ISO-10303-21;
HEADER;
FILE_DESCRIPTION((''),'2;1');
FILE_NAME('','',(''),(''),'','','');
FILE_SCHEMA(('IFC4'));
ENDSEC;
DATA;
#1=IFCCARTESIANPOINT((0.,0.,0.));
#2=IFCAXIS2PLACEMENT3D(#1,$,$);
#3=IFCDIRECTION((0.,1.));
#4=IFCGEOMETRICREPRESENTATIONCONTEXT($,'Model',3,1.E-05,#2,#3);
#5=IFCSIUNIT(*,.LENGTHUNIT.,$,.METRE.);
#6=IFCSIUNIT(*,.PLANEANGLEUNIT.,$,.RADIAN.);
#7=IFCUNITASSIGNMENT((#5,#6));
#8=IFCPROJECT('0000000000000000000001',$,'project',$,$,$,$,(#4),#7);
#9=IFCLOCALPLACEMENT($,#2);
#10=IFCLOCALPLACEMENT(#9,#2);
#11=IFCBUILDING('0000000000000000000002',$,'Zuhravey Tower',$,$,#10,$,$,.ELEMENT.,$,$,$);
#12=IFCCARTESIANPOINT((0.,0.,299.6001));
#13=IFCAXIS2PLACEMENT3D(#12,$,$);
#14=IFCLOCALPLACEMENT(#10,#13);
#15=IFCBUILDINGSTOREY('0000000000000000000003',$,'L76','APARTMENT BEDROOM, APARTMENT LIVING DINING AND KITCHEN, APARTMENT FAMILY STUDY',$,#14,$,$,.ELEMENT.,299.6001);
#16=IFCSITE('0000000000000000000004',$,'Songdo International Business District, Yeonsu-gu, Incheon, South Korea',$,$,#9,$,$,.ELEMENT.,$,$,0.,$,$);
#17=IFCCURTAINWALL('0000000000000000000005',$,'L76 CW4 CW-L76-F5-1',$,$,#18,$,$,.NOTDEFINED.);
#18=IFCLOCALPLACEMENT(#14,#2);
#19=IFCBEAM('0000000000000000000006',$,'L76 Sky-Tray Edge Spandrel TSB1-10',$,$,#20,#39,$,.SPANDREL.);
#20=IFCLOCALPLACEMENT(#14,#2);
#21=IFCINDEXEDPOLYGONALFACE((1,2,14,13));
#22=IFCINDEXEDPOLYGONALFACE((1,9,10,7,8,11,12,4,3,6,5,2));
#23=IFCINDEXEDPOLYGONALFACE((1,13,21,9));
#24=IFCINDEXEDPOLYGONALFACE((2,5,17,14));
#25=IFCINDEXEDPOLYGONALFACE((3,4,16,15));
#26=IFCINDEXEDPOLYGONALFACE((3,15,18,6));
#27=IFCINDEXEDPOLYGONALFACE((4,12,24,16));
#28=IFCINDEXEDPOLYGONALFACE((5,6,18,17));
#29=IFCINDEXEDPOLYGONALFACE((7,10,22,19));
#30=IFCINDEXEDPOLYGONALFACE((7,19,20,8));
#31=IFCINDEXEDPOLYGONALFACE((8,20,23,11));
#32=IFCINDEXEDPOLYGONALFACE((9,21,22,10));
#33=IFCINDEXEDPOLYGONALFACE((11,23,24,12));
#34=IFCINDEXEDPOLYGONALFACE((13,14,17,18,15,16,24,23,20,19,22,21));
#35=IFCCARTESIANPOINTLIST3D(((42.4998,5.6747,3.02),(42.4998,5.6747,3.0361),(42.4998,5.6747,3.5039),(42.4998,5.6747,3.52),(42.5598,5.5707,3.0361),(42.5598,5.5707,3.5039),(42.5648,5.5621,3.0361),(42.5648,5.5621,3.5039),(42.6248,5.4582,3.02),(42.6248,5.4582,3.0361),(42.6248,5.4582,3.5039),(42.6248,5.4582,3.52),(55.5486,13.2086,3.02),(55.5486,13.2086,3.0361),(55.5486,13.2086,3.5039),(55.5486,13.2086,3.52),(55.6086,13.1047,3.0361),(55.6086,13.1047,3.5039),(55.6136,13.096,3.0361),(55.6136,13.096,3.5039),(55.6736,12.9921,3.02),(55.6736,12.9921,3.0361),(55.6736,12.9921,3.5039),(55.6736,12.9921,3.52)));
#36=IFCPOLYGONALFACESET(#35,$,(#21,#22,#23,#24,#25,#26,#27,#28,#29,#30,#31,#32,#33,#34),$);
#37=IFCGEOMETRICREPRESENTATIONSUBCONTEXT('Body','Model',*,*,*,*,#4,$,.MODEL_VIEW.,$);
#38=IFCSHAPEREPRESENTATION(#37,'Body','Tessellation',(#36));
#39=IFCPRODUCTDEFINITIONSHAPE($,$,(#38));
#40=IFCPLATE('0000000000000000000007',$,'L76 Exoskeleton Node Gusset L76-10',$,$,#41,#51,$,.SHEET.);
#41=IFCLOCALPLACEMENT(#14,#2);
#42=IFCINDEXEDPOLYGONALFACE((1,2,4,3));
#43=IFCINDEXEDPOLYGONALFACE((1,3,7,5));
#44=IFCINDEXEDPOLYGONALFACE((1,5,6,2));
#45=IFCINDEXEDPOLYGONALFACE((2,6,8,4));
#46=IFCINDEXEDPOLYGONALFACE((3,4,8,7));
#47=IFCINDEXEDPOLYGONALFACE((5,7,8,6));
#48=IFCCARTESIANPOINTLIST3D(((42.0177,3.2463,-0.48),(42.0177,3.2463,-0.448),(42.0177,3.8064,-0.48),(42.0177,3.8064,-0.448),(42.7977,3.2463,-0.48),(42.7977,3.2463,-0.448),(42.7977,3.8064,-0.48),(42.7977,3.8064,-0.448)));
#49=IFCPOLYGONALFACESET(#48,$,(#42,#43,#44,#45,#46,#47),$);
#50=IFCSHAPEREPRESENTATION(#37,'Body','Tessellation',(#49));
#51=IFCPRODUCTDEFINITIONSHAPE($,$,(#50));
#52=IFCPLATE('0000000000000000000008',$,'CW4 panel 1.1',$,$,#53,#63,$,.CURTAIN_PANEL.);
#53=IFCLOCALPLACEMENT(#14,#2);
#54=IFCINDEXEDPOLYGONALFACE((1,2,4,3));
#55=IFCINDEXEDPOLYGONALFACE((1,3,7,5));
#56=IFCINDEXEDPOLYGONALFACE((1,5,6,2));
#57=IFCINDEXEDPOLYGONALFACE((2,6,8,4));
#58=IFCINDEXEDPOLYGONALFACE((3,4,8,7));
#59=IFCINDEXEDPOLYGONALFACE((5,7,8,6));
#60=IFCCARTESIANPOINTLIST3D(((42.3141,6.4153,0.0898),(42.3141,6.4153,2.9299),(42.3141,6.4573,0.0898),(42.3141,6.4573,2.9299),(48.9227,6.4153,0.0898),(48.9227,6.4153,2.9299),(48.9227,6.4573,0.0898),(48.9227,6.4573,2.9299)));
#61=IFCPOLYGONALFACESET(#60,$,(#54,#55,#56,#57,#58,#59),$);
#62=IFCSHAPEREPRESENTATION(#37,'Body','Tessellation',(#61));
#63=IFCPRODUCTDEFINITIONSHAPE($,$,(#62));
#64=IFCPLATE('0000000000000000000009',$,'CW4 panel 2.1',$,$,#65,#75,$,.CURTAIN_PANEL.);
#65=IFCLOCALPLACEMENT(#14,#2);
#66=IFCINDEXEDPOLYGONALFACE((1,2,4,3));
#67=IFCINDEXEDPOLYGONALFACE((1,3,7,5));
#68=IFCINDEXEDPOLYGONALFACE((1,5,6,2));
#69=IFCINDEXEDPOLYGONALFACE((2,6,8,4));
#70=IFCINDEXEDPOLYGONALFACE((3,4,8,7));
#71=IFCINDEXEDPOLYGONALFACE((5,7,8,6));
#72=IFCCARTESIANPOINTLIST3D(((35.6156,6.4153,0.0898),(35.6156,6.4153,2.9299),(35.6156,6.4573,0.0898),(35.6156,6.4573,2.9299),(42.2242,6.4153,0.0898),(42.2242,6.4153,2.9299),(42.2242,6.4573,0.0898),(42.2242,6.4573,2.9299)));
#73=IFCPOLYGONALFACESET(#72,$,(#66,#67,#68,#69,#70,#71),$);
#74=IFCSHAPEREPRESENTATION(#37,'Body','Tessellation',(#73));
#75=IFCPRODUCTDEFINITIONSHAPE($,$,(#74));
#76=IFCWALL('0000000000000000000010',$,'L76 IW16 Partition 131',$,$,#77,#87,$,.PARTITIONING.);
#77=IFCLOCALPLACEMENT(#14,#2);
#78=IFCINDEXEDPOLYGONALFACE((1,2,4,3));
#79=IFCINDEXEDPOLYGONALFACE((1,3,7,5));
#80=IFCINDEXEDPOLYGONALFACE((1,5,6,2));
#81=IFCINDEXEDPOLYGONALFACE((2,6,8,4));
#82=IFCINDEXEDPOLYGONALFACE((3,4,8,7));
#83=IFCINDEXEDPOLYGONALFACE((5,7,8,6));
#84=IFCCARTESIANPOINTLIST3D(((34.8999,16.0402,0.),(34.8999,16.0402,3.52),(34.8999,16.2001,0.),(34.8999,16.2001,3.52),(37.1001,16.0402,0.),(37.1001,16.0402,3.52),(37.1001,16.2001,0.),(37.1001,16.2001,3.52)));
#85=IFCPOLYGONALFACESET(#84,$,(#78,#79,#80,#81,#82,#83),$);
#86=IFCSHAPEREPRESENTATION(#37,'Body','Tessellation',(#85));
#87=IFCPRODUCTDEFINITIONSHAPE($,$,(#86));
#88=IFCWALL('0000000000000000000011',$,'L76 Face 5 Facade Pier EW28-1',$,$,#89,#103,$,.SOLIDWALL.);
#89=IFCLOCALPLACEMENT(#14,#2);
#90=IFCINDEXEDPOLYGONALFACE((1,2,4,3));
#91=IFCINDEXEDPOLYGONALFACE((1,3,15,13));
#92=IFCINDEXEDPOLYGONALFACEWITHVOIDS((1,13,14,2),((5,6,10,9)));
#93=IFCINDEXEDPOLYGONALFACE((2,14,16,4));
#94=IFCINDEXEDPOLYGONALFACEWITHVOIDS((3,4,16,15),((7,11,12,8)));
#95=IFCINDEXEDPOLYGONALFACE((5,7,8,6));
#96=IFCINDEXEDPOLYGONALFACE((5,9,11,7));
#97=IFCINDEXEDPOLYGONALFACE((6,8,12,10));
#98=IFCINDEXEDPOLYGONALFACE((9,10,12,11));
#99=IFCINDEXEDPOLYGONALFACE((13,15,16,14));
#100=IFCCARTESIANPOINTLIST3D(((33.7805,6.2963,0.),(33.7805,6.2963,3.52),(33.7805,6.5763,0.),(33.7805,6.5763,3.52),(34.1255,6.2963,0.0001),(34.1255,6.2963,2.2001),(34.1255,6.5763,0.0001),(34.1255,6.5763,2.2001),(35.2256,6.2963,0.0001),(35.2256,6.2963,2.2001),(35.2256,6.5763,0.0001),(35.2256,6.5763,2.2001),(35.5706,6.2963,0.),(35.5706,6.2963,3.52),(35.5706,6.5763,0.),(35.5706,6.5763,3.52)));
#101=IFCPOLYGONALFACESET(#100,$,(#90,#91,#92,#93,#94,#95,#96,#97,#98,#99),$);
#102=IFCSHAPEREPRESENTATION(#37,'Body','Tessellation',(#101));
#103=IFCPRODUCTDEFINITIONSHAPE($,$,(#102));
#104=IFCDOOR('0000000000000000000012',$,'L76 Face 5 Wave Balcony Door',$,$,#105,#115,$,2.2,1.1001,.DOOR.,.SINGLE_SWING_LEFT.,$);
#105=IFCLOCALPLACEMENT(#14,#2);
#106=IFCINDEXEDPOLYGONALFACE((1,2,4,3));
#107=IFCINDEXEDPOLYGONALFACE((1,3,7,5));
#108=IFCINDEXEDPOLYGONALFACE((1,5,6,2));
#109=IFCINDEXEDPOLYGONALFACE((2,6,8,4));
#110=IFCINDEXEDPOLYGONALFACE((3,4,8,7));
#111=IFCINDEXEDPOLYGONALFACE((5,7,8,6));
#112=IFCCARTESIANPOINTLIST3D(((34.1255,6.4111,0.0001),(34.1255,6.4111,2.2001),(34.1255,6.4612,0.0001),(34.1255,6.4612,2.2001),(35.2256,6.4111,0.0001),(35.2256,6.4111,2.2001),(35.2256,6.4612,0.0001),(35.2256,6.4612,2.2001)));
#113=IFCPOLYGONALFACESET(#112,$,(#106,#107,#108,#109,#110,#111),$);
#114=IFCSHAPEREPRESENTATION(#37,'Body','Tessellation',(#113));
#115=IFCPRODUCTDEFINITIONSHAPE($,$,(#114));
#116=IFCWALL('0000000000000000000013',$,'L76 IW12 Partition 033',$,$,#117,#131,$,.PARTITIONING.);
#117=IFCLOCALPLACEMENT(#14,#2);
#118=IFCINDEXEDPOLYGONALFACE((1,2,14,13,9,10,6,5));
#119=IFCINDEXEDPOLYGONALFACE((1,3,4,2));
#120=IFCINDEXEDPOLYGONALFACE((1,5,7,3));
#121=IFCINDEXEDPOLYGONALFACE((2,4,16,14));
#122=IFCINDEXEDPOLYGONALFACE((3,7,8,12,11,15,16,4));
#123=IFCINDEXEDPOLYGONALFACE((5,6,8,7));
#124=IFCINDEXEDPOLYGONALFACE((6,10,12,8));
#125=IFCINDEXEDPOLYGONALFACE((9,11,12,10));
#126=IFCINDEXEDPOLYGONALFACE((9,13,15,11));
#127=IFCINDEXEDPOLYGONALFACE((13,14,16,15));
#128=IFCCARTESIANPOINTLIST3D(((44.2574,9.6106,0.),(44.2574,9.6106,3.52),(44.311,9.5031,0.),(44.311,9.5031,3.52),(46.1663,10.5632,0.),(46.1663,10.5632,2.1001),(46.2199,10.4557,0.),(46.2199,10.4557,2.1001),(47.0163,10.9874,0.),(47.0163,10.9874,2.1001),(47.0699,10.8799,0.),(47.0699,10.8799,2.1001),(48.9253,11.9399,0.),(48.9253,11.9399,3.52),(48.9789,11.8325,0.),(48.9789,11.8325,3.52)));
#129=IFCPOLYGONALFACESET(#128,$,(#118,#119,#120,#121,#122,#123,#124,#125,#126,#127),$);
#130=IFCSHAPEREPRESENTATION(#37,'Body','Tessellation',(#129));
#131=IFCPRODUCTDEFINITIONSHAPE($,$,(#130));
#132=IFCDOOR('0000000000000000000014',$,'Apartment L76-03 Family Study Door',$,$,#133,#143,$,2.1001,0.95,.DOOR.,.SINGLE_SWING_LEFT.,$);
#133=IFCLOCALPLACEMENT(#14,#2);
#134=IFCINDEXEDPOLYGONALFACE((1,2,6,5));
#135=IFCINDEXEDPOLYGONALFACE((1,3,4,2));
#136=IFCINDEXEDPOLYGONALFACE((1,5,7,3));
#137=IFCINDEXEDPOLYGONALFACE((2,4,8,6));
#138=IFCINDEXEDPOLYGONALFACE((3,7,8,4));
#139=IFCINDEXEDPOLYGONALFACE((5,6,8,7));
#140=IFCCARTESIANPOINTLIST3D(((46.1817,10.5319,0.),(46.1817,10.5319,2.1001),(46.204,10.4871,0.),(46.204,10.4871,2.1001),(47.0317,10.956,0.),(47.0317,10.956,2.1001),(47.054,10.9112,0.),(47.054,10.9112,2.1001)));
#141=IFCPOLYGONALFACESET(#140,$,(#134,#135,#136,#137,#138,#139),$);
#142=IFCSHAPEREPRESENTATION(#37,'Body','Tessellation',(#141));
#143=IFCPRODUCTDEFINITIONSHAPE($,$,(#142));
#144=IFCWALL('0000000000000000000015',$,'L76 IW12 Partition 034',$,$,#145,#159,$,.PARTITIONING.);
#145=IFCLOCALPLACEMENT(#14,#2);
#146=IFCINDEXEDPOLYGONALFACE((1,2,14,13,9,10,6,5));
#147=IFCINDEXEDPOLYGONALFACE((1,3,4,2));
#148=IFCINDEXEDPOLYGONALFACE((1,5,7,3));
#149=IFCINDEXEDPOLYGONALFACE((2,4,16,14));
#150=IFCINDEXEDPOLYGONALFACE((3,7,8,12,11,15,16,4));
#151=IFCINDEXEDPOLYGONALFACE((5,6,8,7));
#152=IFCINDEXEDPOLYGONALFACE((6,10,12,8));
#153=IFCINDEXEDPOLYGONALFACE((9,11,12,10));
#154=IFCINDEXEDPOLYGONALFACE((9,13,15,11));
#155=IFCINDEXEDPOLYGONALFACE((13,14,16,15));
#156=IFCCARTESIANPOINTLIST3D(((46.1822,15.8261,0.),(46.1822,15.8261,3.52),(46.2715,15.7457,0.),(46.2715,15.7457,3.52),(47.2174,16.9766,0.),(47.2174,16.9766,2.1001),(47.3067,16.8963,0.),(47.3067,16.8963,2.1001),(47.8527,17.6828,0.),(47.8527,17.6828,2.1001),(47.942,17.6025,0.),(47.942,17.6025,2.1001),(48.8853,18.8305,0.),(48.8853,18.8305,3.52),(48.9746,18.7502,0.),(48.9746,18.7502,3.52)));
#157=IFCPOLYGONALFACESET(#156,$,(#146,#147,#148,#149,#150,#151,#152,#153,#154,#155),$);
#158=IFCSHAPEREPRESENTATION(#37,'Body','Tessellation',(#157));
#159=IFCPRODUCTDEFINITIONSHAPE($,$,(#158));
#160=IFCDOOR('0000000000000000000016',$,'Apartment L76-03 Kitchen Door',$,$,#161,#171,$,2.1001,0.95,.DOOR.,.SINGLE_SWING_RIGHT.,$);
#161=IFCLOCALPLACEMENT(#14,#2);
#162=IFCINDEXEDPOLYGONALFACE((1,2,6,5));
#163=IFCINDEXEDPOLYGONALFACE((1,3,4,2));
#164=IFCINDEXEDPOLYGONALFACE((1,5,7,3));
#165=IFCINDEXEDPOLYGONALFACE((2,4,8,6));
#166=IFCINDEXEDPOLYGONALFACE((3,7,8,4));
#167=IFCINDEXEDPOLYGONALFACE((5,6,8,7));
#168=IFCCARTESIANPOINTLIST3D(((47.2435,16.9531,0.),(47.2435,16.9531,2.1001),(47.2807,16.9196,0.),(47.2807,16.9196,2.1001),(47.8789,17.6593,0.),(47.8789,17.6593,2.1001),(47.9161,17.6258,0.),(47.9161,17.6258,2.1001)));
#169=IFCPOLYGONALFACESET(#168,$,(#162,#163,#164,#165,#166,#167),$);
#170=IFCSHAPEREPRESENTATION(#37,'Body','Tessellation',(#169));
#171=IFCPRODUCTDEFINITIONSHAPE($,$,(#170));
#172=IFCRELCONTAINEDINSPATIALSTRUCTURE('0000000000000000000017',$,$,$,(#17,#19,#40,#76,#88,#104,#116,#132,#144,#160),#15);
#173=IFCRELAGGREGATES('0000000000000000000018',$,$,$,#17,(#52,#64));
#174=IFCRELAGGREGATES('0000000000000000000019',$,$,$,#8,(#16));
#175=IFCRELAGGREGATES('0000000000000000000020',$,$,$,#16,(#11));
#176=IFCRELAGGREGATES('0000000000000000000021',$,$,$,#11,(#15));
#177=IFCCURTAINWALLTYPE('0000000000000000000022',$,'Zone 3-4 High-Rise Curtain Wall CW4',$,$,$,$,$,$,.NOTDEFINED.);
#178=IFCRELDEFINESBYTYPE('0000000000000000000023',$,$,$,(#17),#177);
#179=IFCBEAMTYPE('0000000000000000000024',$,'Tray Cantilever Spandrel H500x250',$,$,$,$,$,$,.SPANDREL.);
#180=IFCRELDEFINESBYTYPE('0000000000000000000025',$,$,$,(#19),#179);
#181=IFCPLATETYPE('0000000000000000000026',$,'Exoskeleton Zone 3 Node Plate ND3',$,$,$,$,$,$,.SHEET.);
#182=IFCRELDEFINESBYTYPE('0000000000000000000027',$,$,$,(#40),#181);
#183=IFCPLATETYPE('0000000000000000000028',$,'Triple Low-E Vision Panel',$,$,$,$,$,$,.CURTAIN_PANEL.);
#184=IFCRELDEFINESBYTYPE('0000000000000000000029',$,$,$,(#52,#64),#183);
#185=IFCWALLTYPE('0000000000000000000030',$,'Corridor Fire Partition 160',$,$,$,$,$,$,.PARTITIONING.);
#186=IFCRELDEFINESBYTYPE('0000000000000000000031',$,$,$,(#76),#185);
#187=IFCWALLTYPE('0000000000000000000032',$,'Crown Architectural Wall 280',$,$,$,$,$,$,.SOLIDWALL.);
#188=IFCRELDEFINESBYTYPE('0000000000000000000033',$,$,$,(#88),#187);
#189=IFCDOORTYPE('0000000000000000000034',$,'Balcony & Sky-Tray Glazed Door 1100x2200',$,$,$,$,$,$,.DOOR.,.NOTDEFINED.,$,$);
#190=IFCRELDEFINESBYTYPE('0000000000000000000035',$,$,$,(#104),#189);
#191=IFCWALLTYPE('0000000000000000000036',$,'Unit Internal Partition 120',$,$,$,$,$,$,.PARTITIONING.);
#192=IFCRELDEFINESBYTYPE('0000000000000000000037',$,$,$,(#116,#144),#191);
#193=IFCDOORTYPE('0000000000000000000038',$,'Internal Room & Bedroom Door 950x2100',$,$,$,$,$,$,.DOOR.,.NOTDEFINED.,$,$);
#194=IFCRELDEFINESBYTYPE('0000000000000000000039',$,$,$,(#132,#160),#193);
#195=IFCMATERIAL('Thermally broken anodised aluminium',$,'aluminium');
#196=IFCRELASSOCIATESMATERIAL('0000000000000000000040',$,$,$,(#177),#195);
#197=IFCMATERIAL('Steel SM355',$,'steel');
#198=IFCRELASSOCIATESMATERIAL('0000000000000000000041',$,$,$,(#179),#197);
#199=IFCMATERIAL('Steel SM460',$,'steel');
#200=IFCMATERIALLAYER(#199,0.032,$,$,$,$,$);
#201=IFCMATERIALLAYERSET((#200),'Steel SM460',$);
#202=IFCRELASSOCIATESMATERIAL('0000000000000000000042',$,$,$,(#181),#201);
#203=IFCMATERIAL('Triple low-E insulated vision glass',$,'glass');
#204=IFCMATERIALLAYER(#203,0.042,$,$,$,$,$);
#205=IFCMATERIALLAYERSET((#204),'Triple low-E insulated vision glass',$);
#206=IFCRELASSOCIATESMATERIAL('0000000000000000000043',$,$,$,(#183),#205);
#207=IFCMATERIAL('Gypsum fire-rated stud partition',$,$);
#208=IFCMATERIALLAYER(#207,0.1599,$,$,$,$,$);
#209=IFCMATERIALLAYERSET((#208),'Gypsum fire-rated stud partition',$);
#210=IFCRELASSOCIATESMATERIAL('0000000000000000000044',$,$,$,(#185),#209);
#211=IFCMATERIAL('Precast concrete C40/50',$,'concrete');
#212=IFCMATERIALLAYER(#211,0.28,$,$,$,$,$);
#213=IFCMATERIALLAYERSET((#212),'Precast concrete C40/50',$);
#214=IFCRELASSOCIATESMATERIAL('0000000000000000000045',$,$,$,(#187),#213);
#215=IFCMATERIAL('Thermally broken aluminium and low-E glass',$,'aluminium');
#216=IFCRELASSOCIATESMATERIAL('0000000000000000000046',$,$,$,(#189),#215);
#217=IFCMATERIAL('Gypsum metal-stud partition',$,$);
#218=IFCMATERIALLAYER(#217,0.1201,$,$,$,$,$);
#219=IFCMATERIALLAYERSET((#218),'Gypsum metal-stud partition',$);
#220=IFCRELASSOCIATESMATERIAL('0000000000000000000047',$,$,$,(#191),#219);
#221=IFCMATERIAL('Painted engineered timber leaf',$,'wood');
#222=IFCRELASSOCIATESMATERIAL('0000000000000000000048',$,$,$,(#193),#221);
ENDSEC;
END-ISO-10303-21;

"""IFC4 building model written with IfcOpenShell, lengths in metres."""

from ifc_helpers import new_model, si_unit, direction, frame, frame_2d, origin, origin_2d, place, context, subcontext, project, spatial, rectangle, i_section, extrude, material, layer, layer_set, material_profile, profile_set, type_object, element, fill, aggregate, save


model = new_model("IFC4")

# Units and contexts
model_context = context("Model", 3, precision=1e-05, world=origin(), true_north=direction((0.0, 1.0)))
body_context = subcontext(model_context, "Body", "Model", "MODEL_VIEW")
ifc_project = project(units=[si_unit("LENGTHUNIT", "METRE"), si_unit("PLANEANGLEUNIT", "RADIAN")], contexts=[model_context])

# Site, building, storey
site_placement = place(None, origin())
site = spatial("IfcSite", under=ifc_project, at=site_placement, Name="Songdo International Business District, Yeonsu-gu, Incheon, South Korea", CompositionType="ELEMENT", RefElevation=0.0)
building_placement = place(site_placement, origin())
building = spatial("IfcBuilding", under=site, at=building_placement, Name="Zuhravey Tower", CompositionType="ELEMENT")
storey_placement = place(building_placement, frame((0.0, 0.0, 299.6001)))
storey = spatial("IfcBuildingStorey", under=building, at=storey_placement, Name="L76", Description="APARTMENT BEDROOM, APARTMENT LIVING DINING AND KITCHEN, APARTMENT FAMILY STUDY", CompositionType="ELEMENT", Elevation=299.6001)

# Curtain wall
ifc_material_1 = material(Name="Thermally broken anodised aluminium", Category="aluminium")
curtain_wall_type = type_object("IfcCurtainWallType", Name="Zone 3-4 High-Rise Curtain Wall CW4", PredefinedType="NOTDEFINED", material=ifc_material_1)
curtain_wall_placement = place(storey_placement, origin())
curtain_wall = element("IfcCurtainWall", 1, at=curtain_wall_placement, inside=storey, type_object=curtain_wall_type, Name="L76 CW4 CW-L76-F5-1", PredefinedType="NOTDEFINED")

# Beam
ifc_material_2 = material(Name="Steel SM460", Category="steel")
ifc_material_3 = material(Name="Steel SM355", Category="steel")
ifc_material_profile_1 = material_profile(ifc_material_3, i_section(OverallWidth=0.25, OverallDepth=0.5, WebThickness=0.01, FlangeThickness=0.0161, at=origin_2d()), Name="H-500x250x10x16")
ifc_profile_set_1 = profile_set([ifc_material_profile_1], Name="Steel SM355")
beam_type_1 = type_object("IfcBeamType", Name="Tray Cantilever Spandrel H500x250", PredefinedType="SPANDREL", material=ifc_profile_set_1)
beam_1_placement = place(storey_placement, frame((42.5623, 5.5664, 3.27), z_axis=(0.86602, 0.50001, 0.0), x_axis=(-0.50001, 0.86602, 0.0)))
element("IfcBeam", 2, at=beam_1_placement, inside=storey, type_object=beam_type_1, Name="L76 Sky-Tray Edge Spandrel TSB1-10", PredefinedType="SPANDREL", context=body_context, shape_type="SweptSolid", body=[
    extrude(i_section(OverallWidth=0.25, OverallDepth=0.5, WebThickness=0.01, FlangeThickness=0.0161, at=origin_2d()), origin(), (0.0, 0.0, 1.0), 15.0676),
])

# Plates
ifc_layer_1 = layer(ifc_material_2, 0.032)
ifc_layer_set_1 = layer_set([ifc_layer_1], Name="Steel SM460")
plate_type_1 = type_object("IfcPlateType", Name="Exoskeleton Zone 3 Node Plate ND3", PredefinedType="SHEET", material=ifc_layer_set_1)
plate_1_placement = place(storey_placement, frame((42.4077, 3.5264, -0.48), z_axis=(0.0, 0.0, 1.0), x_axis=(1.0, 0.0, 0.0)))
element("IfcPlate", 3, at=plate_1_placement, inside=storey, type_object=plate_type_1, Name="L76 Exoskeleton Node Gusset L76-10", PredefinedType="SHEET", context=body_context, shape_type="SweptSolid", body=[
    extrude(rectangle(XDim=0.78, YDim=0.5601, at=origin_2d()), origin(), (0.0, 0.0, 1.0), 0.032),
])
ifc_material_4 = material(Name="Triple low-E insulated vision glass", Category="glass")
ifc_layer_2 = layer(ifc_material_4, 0.042)
ifc_layer_set_2 = layer_set([ifc_layer_2], Name="Triple low-E insulated vision glass")
plate_type_2 = type_object("IfcPlateType", Name="Triple Low-E Vision Panel", PredefinedType="CURTAIN_PANEL", material=ifc_layer_set_2)
plate_2_placement = place(storey_placement, frame((45.6184, 6.4363, 0.0898), z_axis=(0.0, 0.0, 1.0), x_axis=(-1.0, 0.0, 0.0)))
plate_2 = element("IfcPlate", 4, at=plate_2_placement, type_object=plate_type_2, Name="CW4 panel 1.1", PredefinedType="CURTAIN_PANEL", context=body_context, shape_type="SweptSolid", body=[
    extrude(rectangle(XDim=6.6086, YDim=0.042, at=origin_2d()), origin(), (0.0, 0.0, 1.0), 2.8401),
])
plate_3_placement = place(storey_placement, frame((38.9199, 6.4363, 0.0898), z_axis=(0.0, 0.0, 1.0), x_axis=(-1.0, 0.0, 0.0)))
plate_3 = element("IfcPlate", 5, at=plate_3_placement, type_object=plate_type_2, Name="CW4 panel 2.1", PredefinedType="CURTAIN_PANEL", context=body_context, shape_type="SweptSolid", body=[
    extrude(rectangle(XDim=6.6086, YDim=0.042, at=origin_2d()), origin(), (0.0, 0.0, 1.0), 2.8401),
])
aggregate(curtain_wall, [plate_2, plate_3])

# Shared definitions
ifc_material_5 = material(Name="Gypsum fire-rated stud partition")
ifc_layer_3 = layer(ifc_material_5, 0.1599)
ifc_layer_set_3 = layer_set([ifc_layer_3], Name="Gypsum fire-rated stud partition")
wall_type_1 = type_object("IfcWallType", Name="Corridor Fire Partition 160", PredefinedType="PARTITIONING", material=ifc_layer_set_3)

# Wall
wall_1_placement = place(storey_placement, frame((34.8999, 16.1201, 0.0), z_axis=(0.0, 0.0, 1.0), x_axis=(1.0, 0.0, 0.0)))
element("IfcWall", 6, at=wall_1_placement, inside=storey, type_object=wall_type_1, Name="L76 IW16 Partition 131", PredefinedType="PARTITIONING", context=body_context, shape_type="SweptSolid", body=[
    extrude(rectangle(XDim=2.2002, YDim=0.1599, at=frame_2d((1.1001, 0.0))), origin(), (0.0, 0.0, 1.0), 3.52),
])

# Walls, openings, doors
ifc_material_6 = material(Name="Precast concrete C40/50", Category="concrete")
ifc_layer_4 = layer(ifc_material_6, 0.28)
ifc_layer_set_4 = layer_set([ifc_layer_4], Name="Precast concrete C40/50")
wall_type_2 = type_object("IfcWallType", Name="Crown Architectural Wall 280", PredefinedType="SOLIDWALL", material=ifc_layer_set_4)
wall_2_placement = place(storey_placement, frame((35.5706, 6.4363, 0.0), z_axis=(0.0, 0.0, 1.0), x_axis=(-1.0, 0.0, 0.0)))
wall_2 = element("IfcWall", 7, at=wall_2_placement, inside=storey, type_object=wall_type_2, Name="L76 Face 5 Facade Pier EW28-1", PredefinedType="SOLIDWALL", context=body_context, shape_type="SweptSolid", body=[
    extrude(rectangle(XDim=1.79, YDim=0.28, at=frame_2d((0.895, 0.0))), origin(), (0.0, 0.0, 1.0), 3.52),
])
opening_1_placement = place(wall_2_placement, frame((0.345, 0.0, 0.0)))
opening_1 = element("IfcOpeningElement", 8, at=opening_1_placement, cuts=wall_2, PredefinedType="OPENING", context=body_context, shape_type="SweptSolid", body=[
    extrude(rectangle(XDim=1.1001, YDim=2.2, at=frame_2d((0.55, 1.1001))), frame((0.0, 0.1521, 0.0), z_axis=(0.0, -1.0, 0.0), x_axis=(1.0, 0.0, 0.0)), (0.0, 0.0, 1.0), 0.304),
])
ifc_material_7 = material(Name="Thermally broken aluminium and low-E glass", Category="aluminium")
door_type_1 = type_object("IfcDoorType", Name="Balcony & Sky-Tray Glazed Door 1100x2200", OperationType="NOTDEFINED", PredefinedType="DOOR", material=ifc_material_7)
door_1_placement = place(opening_1_placement, frame((1.1001, 0.0, 0.0), z_axis=(0.0, 0.0, 1.0), x_axis=(-1.0, 0.0, 0.0)))
door_1 = element("IfcDoor", 9, at=door_1_placement, inside=storey, type_object=door_type_1, Name="L76 Face 5 Wave Balcony Door", OperationType="SINGLE_SWING_LEFT", OverallHeight=2.2, OverallWidth=1.1001, PredefinedType="DOOR", context=body_context, shape_type="SweptSolid", body=[
    extrude(rectangle(XDim=1.1001, YDim=2.2, at=frame_2d((0.55, 1.1001))), frame((0.0, 0.0249, 0.0), z_axis=(0.0, -1.0, 0.0), x_axis=(1.0, 0.0, 0.0)), (0.0, 0.0, 1.0), 0.05),
])
fill(opening_1, door_1)
ifc_material_8 = material(Name="Gypsum metal-stud partition")
ifc_layer_5 = layer(ifc_material_8, 0.1201)
ifc_layer_set_5 = layer_set([ifc_layer_5], Name="Gypsum metal-stud partition")
wall_type_3 = type_object("IfcWallType", Name="Unit Internal Partition 120", PredefinedType="PARTITIONING", material=ifc_layer_set_5)
wall_3_placement = place(storey_placement, frame((44.2842, 9.5569, 0.0), z_axis=(0.0, 0.0, 1.0), x_axis=(0.894783, 0.446502, 0.0)))
wall_3 = element("IfcWall", 10, at=wall_3_placement, inside=storey, type_object=wall_type_3, Name="L76 IW12 Partition 033", PredefinedType="PARTITIONING", context=body_context, shape_type="SweptSolid", body=[
    extrude(rectangle(XDim=5.2168, YDim=0.1201, at=frame_2d((2.6084, 0.0))), origin(), (0.0, 0.0, 1.0), 3.52),
])
opening_2_placement = place(wall_3_placement, frame((2.1333, 0.0, 0.0)))
opening_2 = element("IfcOpeningElement", 11, at=opening_2_placement, cuts=wall_3, PredefinedType="OPENING", context=body_context, shape_type="SweptSolid", body=[
    extrude(rectangle(XDim=0.95, YDim=2.1001, at=frame_2d((0.4751, 1.05))), frame((0.0, 0.072, 0.0), z_axis=(0.0, -1.0, 0.0), x_axis=(1.0, 0.0, 0.0)), (0.0, 0.0, 1.0), 0.144),
])
ifc_material_9 = material(Name="Painted engineered timber leaf", Category="wood")
door_type_2 = type_object("IfcDoorType", Name="Internal Room & Bedroom Door 950x2100", OperationType="NOTDEFINED", PredefinedType="DOOR", material=ifc_material_9)
door_2_placement = place(opening_2_placement, frame((0.95, 0.0, 0.0), z_axis=(0.0, 0.0, 1.0), x_axis=(-1.0, 0.0, 0.0)))
door_2 = element("IfcDoor", 12, at=door_2_placement, inside=storey, type_object=door_type_2, Name="Apartment L76-03 Family Study Door", OperationType="SINGLE_SWING_LEFT", OverallHeight=2.1001, OverallWidth=0.95, PredefinedType="DOOR", context=body_context, shape_type="SweptSolid", body=[
    extrude(rectangle(XDim=0.95, YDim=2.1001, at=frame_2d((0.4751, 1.05))), frame((0.0, 0.0249, 0.0), z_axis=(0.0, -1.0, 0.0), x_axis=(1.0, 0.0, 0.0)), (0.0, 0.0, 1.0), 0.05),
])
fill(opening_2, door_2)
wall_4_placement = place(storey_placement, frame((46.2268, 15.7859, 0.0), z_axis=(0.0, 0.0, 1.0), x_axis=(0.668851, 0.743396, 0.0)))
wall_4 = element("IfcWall", 13, at=wall_4_placement, inside=storey, type_object=wall_type_3, Name="L76 IW12 Partition 034", PredefinedType="PARTITIONING", context=body_context, shape_type="SweptSolid", body=[
    extrude(rectangle(XDim=4.0415, YDim=0.1201, at=frame_2d((2.0208, 0.0))), origin(), (0.0, 0.0, 1.0), 3.52),
])
opening_3_placement = place(wall_4_placement, frame((1.5476, 0.0, 0.0)))
opening_3 = element("IfcOpeningElement", 14, at=opening_3_placement, cuts=wall_4, PredefinedType="OPENING", context=body_context, shape_type="SweptSolid", body=[
    extrude(rectangle(XDim=0.95, YDim=2.1001, at=frame_2d((0.4751, 1.05))), frame((0.0, 0.072, 0.0), z_axis=(0.0, -1.0, 0.0), x_axis=(1.0, 0.0, 0.0)), (0.0, 0.0, 1.0), 0.144),
])
door_3_placement = place(opening_3_placement, origin())
door_3 = element("IfcDoor", 15, at=door_3_placement, inside=storey, type_object=door_type_2, Name="Apartment L76-03 Kitchen Door", OperationType="SINGLE_SWING_RIGHT", OverallHeight=2.1001, OverallWidth=0.95, PredefinedType="DOOR", context=body_context, shape_type="SweptSolid", body=[
    extrude(rectangle(XDim=0.95, YDim=2.1001, at=frame_2d((0.4751, 1.05))), frame((0.0, 0.0249, 0.0), z_axis=(0.0, -1.0, 0.0), x_axis=(1.0, 0.0, 0.0)), (0.0, 0.0, 1.0), 0.05),
])
fill(opening_3, door_3)

save(model, "model.ifc")
